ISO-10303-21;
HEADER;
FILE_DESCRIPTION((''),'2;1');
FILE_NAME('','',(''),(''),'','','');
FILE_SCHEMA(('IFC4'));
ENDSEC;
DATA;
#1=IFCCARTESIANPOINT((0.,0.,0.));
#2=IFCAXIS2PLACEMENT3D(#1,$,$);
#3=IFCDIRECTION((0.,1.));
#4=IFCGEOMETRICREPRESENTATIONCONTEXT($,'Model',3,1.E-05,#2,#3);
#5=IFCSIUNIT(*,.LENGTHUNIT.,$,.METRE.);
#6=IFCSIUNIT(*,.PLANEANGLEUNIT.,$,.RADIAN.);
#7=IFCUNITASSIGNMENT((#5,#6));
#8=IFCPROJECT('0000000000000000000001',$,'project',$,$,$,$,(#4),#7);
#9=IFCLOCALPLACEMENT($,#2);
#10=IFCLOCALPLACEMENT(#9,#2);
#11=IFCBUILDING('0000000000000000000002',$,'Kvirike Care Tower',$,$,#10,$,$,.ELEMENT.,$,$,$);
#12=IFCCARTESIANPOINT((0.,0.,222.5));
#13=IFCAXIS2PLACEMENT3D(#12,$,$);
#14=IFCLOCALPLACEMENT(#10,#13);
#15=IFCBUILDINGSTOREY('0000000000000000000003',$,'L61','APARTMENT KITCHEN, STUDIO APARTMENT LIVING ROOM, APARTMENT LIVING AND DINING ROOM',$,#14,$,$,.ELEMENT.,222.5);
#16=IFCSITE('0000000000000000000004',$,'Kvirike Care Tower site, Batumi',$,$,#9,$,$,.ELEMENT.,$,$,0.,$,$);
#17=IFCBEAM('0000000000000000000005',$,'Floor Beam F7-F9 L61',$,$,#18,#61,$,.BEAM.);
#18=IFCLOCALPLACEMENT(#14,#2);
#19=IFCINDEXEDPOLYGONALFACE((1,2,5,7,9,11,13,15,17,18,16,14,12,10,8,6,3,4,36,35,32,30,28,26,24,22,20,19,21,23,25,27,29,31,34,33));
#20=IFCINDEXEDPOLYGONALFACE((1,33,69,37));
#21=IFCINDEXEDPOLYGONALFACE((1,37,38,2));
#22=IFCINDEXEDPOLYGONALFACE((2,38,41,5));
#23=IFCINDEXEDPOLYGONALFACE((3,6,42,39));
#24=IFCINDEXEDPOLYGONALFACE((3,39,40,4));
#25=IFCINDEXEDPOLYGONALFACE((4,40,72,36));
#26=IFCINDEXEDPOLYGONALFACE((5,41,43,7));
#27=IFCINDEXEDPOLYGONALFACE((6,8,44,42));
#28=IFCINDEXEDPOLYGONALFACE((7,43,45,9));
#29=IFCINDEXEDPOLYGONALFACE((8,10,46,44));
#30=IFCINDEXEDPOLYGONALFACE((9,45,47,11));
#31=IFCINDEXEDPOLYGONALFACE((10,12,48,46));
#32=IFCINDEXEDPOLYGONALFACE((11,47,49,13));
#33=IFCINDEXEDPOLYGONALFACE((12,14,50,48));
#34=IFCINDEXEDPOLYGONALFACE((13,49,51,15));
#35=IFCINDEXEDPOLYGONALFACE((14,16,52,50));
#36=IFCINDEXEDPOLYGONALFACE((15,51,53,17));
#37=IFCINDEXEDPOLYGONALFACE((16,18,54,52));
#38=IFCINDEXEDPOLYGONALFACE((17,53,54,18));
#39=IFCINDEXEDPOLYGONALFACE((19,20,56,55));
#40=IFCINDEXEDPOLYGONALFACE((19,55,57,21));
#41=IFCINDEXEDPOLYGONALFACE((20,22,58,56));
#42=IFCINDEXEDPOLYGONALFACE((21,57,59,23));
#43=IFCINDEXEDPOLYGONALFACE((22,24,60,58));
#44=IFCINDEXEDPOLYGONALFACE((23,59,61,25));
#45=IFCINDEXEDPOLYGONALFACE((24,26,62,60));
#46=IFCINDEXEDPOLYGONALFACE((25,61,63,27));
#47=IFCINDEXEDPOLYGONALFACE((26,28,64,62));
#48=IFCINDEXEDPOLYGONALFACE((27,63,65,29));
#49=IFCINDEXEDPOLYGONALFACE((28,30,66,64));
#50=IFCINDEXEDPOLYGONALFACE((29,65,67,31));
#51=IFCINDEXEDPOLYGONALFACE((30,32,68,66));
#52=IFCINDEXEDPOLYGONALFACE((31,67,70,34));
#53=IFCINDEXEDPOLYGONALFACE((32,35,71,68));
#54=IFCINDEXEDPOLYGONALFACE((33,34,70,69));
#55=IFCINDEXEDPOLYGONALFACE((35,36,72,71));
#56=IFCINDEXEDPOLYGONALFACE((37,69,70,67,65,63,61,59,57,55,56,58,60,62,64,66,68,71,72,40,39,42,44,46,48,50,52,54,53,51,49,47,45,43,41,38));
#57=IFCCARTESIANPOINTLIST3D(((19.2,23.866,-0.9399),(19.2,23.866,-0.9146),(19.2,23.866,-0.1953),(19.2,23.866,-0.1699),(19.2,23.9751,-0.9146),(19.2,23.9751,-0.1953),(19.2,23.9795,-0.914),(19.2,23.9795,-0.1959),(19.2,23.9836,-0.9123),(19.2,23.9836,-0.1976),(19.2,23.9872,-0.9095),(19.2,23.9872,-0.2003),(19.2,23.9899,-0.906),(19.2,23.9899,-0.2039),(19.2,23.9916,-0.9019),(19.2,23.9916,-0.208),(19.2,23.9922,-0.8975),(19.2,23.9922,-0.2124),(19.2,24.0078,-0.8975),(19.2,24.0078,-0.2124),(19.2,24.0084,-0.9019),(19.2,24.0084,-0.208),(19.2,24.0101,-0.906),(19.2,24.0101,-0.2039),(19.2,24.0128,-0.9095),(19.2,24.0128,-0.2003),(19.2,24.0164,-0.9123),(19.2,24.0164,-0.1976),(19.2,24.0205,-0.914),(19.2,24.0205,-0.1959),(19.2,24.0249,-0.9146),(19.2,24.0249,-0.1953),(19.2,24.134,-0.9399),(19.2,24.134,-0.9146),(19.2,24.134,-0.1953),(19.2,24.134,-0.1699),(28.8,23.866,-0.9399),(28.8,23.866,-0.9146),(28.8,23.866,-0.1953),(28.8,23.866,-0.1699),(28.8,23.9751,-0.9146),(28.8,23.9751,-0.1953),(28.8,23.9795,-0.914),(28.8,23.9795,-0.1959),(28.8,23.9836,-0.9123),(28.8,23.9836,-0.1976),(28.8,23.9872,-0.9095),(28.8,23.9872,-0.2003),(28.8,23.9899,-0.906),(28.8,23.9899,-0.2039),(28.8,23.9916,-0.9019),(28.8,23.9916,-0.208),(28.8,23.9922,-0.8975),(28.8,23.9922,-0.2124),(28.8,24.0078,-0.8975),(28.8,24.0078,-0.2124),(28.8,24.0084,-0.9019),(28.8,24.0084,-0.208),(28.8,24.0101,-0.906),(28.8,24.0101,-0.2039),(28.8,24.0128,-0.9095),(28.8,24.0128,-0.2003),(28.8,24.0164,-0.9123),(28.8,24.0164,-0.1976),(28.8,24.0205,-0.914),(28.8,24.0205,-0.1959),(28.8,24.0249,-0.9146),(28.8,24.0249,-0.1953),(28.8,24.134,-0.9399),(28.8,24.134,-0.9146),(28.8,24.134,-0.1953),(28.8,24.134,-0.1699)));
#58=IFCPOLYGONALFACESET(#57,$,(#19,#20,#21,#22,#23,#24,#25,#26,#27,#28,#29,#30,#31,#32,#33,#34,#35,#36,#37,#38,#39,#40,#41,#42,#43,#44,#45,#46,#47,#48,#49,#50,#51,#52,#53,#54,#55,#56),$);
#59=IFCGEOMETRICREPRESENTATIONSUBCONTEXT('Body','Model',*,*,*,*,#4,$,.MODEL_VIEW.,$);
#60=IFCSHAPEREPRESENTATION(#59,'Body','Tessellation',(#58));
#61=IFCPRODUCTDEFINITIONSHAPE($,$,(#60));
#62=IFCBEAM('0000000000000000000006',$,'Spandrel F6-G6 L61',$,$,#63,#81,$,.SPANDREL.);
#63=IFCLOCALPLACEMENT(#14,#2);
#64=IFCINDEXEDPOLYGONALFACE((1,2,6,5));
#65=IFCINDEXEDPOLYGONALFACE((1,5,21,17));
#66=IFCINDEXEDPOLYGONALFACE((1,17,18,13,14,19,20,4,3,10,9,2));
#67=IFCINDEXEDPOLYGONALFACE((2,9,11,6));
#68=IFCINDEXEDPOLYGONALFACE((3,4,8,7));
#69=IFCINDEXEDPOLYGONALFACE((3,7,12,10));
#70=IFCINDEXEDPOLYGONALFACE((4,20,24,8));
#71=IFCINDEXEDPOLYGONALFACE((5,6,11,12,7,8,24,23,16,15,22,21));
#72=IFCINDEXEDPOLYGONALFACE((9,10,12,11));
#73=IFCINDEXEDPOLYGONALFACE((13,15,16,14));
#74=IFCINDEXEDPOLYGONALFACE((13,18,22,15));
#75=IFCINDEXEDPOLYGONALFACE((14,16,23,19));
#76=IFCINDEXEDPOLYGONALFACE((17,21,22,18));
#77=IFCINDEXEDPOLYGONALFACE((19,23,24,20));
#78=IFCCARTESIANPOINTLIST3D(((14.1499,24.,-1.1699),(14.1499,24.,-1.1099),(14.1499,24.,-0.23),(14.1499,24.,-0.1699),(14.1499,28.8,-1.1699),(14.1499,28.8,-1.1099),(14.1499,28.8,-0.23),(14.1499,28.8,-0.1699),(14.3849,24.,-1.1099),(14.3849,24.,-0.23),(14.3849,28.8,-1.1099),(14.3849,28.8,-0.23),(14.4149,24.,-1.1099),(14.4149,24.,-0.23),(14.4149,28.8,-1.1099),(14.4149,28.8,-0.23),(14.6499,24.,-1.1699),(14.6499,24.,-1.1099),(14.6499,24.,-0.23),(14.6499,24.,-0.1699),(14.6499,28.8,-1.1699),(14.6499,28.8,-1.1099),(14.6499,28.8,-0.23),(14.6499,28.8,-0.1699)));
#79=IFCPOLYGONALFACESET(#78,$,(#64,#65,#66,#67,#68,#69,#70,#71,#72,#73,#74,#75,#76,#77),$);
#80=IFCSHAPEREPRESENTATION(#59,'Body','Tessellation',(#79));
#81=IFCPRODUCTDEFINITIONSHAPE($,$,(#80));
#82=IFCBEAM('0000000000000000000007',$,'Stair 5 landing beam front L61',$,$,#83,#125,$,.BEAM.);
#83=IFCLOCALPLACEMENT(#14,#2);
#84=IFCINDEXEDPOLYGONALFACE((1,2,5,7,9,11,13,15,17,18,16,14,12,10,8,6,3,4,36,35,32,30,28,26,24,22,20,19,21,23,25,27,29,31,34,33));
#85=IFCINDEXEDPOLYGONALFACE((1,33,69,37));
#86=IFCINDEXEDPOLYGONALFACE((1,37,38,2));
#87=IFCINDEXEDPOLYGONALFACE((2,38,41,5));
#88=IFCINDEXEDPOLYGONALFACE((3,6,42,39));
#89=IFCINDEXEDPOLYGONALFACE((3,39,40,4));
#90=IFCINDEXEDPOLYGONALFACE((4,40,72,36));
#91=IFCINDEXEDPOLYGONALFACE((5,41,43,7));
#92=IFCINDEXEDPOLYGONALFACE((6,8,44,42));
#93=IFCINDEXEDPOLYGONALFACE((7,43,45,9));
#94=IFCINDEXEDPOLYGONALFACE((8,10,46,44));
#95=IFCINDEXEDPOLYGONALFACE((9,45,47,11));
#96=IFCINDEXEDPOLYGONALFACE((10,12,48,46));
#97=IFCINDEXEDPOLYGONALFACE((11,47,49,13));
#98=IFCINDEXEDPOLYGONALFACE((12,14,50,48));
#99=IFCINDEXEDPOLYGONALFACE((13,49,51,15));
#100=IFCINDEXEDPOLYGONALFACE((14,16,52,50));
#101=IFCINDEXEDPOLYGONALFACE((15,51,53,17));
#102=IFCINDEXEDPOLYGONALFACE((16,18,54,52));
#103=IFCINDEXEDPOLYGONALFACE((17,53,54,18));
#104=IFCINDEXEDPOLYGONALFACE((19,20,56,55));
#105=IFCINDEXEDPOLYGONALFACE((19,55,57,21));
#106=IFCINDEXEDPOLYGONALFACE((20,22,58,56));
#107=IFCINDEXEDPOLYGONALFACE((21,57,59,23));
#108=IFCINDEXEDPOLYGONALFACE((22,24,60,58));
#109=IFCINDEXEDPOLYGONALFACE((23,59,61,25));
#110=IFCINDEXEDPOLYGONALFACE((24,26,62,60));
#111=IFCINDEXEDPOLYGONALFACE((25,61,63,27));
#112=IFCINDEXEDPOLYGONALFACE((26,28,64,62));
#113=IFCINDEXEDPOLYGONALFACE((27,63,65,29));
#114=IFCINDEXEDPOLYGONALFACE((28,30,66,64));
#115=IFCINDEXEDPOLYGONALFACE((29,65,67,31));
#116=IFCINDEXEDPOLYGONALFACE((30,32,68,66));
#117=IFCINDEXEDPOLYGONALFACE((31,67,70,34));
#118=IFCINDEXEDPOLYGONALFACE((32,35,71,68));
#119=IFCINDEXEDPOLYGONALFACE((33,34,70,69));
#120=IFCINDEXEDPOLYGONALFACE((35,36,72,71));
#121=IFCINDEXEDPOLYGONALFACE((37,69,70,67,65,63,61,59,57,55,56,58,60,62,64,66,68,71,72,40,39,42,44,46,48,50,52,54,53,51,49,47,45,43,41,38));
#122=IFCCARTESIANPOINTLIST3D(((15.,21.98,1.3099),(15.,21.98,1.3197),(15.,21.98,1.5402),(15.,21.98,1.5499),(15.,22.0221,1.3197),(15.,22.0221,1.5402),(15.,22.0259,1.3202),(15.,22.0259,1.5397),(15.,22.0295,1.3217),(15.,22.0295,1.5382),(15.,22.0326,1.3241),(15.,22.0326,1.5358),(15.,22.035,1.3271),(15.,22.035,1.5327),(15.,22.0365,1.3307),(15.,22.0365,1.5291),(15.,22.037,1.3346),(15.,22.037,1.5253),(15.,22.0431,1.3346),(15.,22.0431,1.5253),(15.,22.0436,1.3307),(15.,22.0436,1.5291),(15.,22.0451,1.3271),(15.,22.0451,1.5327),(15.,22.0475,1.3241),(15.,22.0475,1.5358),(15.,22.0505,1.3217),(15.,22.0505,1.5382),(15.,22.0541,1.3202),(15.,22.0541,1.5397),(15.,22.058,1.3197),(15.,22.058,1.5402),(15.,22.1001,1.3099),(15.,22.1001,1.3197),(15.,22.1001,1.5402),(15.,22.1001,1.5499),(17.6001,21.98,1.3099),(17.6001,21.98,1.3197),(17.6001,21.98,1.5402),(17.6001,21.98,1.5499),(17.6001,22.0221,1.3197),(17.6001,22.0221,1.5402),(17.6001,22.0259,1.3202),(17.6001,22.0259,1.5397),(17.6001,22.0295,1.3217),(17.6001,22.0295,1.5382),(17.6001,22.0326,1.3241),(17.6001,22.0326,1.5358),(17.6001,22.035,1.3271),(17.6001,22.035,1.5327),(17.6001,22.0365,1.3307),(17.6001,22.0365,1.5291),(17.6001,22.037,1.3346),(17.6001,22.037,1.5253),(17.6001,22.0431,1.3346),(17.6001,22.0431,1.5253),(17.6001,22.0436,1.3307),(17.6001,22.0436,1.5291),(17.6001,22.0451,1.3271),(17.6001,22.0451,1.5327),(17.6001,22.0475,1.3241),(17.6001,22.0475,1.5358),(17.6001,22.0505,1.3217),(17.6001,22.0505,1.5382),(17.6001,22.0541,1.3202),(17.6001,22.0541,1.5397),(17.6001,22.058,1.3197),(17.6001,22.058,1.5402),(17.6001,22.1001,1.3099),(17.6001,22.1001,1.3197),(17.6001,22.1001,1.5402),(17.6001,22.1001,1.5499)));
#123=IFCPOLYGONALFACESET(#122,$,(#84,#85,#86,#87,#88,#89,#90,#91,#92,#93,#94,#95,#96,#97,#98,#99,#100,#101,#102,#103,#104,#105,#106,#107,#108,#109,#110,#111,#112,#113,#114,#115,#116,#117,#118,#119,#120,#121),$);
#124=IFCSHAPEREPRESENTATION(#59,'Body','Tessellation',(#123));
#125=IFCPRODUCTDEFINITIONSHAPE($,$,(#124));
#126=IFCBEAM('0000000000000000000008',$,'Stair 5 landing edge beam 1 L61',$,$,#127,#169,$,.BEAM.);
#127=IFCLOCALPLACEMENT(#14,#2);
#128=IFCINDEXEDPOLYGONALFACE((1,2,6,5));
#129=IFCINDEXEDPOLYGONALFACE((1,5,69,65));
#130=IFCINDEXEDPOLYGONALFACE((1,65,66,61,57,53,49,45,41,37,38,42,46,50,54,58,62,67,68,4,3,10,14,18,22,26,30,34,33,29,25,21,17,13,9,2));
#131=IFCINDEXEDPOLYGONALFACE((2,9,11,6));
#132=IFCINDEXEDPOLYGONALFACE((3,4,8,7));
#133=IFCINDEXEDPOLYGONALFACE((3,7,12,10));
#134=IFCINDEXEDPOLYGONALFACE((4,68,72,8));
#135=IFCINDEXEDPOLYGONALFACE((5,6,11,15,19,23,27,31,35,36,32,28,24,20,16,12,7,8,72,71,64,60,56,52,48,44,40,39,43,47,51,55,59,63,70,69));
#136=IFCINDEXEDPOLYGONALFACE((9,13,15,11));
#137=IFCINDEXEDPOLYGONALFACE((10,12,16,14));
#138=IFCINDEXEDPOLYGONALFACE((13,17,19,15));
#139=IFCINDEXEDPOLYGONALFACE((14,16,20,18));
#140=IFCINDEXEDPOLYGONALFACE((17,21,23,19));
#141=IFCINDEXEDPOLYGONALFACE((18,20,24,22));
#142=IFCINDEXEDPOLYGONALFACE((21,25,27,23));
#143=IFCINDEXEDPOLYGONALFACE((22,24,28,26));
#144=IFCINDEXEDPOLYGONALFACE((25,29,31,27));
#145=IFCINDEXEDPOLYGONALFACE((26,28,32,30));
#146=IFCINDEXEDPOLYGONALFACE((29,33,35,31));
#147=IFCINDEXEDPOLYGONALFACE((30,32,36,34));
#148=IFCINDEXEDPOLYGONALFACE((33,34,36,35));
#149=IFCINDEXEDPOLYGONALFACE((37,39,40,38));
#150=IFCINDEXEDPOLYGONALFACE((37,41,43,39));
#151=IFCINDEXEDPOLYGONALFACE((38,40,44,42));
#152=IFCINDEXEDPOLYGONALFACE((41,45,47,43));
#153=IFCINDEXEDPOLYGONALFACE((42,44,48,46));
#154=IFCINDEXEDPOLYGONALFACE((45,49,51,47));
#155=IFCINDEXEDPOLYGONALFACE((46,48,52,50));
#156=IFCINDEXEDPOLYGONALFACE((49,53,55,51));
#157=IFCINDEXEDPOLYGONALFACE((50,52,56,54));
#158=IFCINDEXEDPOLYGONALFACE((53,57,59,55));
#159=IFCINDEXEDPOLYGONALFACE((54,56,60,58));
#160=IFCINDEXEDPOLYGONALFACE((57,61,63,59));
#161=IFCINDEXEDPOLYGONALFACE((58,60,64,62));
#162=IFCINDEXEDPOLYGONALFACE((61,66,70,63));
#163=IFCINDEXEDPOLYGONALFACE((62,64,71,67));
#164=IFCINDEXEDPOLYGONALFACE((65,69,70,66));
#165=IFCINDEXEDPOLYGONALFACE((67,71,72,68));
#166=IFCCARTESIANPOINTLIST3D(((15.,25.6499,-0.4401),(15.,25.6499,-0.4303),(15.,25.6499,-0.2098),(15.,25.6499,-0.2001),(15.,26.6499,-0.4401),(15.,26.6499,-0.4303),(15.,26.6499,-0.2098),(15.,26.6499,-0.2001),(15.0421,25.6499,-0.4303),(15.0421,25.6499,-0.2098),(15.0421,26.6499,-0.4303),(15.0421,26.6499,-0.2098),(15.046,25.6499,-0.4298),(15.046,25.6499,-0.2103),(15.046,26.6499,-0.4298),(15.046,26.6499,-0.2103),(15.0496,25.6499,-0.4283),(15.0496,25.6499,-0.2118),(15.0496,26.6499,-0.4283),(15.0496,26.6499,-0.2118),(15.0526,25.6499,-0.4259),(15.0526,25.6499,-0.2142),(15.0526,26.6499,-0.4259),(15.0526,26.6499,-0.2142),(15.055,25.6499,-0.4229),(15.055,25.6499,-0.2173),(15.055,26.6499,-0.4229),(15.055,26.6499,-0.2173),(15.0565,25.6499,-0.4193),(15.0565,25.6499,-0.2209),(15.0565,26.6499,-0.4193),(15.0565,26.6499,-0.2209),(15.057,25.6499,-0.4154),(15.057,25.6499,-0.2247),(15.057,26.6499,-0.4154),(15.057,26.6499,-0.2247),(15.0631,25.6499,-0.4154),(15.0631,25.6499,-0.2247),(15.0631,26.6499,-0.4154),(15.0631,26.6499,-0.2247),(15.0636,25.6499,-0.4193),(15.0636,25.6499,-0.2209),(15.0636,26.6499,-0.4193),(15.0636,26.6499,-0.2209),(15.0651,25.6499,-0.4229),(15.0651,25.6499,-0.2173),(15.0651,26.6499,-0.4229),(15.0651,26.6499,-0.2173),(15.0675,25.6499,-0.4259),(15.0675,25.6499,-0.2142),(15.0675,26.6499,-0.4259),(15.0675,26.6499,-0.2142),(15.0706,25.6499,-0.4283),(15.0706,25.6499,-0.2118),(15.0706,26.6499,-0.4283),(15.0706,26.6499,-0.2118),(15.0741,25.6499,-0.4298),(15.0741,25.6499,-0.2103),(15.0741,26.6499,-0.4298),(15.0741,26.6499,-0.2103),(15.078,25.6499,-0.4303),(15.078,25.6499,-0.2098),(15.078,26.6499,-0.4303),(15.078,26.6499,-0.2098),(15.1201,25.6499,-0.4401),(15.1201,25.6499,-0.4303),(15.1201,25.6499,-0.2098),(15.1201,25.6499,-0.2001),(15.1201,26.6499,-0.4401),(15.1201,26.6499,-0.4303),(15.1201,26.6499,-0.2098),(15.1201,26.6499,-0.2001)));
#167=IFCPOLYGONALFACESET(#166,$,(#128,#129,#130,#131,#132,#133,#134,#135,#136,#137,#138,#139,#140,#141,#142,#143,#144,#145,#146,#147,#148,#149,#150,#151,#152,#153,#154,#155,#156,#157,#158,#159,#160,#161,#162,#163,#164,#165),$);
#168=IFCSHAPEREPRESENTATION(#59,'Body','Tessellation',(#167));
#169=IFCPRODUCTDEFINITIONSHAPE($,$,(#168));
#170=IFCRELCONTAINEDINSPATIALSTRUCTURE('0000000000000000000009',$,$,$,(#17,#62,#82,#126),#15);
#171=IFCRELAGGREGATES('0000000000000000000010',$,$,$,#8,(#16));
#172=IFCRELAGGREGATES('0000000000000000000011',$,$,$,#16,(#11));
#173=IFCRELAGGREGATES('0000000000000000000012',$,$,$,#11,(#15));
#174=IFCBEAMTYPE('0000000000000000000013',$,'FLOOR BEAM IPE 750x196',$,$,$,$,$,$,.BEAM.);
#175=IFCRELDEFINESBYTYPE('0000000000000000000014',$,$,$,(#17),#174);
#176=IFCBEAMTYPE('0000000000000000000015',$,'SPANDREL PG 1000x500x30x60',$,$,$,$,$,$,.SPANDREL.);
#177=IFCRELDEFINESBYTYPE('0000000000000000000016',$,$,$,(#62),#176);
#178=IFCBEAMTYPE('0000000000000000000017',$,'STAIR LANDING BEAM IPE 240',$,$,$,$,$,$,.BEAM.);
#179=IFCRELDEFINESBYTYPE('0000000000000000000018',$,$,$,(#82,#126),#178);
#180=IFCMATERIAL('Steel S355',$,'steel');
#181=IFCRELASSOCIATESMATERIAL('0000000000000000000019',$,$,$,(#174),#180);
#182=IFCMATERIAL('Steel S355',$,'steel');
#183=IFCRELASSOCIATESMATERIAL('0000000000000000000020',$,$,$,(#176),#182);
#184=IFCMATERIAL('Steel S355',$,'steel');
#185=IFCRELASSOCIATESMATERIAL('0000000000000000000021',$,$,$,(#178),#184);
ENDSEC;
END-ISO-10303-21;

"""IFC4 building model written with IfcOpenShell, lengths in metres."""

from ifc_helpers import new_model, si_unit, direction, frame, origin, origin_2d, place, context, subcontext, project, spatial, i_section, extrude, material, material_profile, profile_set, type_object, element, save


model = new_model("IFC4")

# Units and contexts
model_context = context("Model", 3, precision=1e-05, world=origin(), true_north=direction((0.0, 1.0)))
body_context = subcontext(model_context, "Body", "Model", "MODEL_VIEW")
ifc_project = project(units=[si_unit("LENGTHUNIT", "METRE"), si_unit("PLANEANGLEUNIT", "RADIAN")], contexts=[model_context])

# Site, building, storey
site_placement = place(None, origin())
site = spatial("IfcSite", under=ifc_project, at=site_placement, Name="Kvirike Care Tower site, Batumi", CompositionType="ELEMENT", RefElevation=0.0)
building_placement = place(site_placement, origin())
building = spatial("IfcBuilding", under=site, at=building_placement, Name="Kvirike Care Tower", CompositionType="ELEMENT")
storey_placement = place(building_placement, frame((0.0, 0.0, 222.5)))
storey = spatial("IfcBuildingStorey", under=building, at=storey_placement, Name="L61", Description="APARTMENT KITCHEN, STUDIO APARTMENT LIVING ROOM, APARTMENT LIVING AND DINING ROOM", CompositionType="ELEMENT", Elevation=222.5)

# Beams
ifc_material_1 = material(Name="Steel S355", Category="steel")
ifc_material_profile_1 = material_profile(ifc_material_1, i_section(OverallWidth=0.2681, OverallDepth=0.77, WebThickness=0.0156, FlangeThickness=0.0254, FilletRadius=0.0171, at=origin_2d()), Name="IPE 750x196")
ifc_profile_set_1 = profile_set([ifc_material_profile_1], Name="Steel S355")
beam_type_1 = type_object("IfcBeamType", Name="FLOOR BEAM IPE 750x196", PredefinedType="BEAM", material=ifc_profile_set_1)
beam_1_placement = place(storey_placement, frame((19.2, 24.0, -0.5549), z_axis=(1.0, 0.0, 0.0), x_axis=(0.0, 1.0, 0.0)))
element("IfcBeam", 1, at=beam_1_placement, inside=storey, type_object=beam_type_1, Name="Floor Beam F7-F9 L61", PredefinedType="BEAM", context=body_context, shape_type="SweptSolid", body=[
    extrude(i_section(OverallWidth=0.2681, OverallDepth=0.77, WebThickness=0.0156, FlangeThickness=0.0254, FilletRadius=0.0171, at=origin_2d()), origin(), (0.0, 0.0, 1.0), 9.6001),
])
ifc_material_2 = material(Name="Steel S355", Category="steel")
ifc_material_profile_2 = material_profile(ifc_material_2, i_section(OverallWidth=0.5, OverallDepth=1.0, WebThickness=0.03, FlangeThickness=0.0601, at=origin_2d()), Name="PG 1000x500x30x60")
ifc_profile_set_2 = profile_set([ifc_material_profile_2], Name="Steel S355")
beam_type_2 = type_object("IfcBeamType", Name="SPANDREL PG 1000x500x30x60", PredefinedType="SPANDREL", material=ifc_profile_set_2)
beam_2_placement = place(storey_placement, frame((14.3999, 24.0, -0.6699), z_axis=(0.0, 1.0, 0.0), x_axis=(-1.0, 0.0, 0.0)))
element("IfcBeam", 2, at=beam_2_placement, inside=storey, type_object=beam_type_2, Name="Spandrel F6-G6 L61", PredefinedType="SPANDREL", context=body_context, shape_type="SweptSolid", body=[
    extrude(i_section(OverallWidth=0.5, OverallDepth=1.0, WebThickness=0.03, FlangeThickness=0.0601, at=origin_2d()), origin(), (0.0, 0.0, 1.0), 4.8),
])
ifc_material_3 = material(Name="Steel S355", Category="steel")
ifc_material_profile_3 = material_profile(ifc_material_3, i_section(OverallWidth=0.1201, OverallDepth=0.24, WebThickness=0.0061, FlangeThickness=0.0098, FilletRadius=0.0149, at=origin_2d()), Name="IPE 240")
ifc_profile_set_3 = profile_set([ifc_material_profile_3], Name="Steel S355")
beam_type_3 = type_object("IfcBeamType", Name="STAIR LANDING BEAM IPE 240", PredefinedType="BEAM", material=ifc_profile_set_3)
beam_3_placement = place(storey_placement, frame((15.0, 22.04, 1.4299), z_axis=(1.0, 0.0, 0.0), x_axis=(0.0, 1.0, 0.0)))
element("IfcBeam", 3, at=beam_3_placement, inside=storey, type_object=beam_type_3, Name="Stair 5 landing beam front L61", PredefinedType="BEAM", context=body_context, shape_type="SweptSolid", body=[
    extrude(i_section(OverallWidth=0.1201, OverallDepth=0.24, WebThickness=0.0061, FlangeThickness=0.0098, FilletRadius=0.0149, at=origin_2d()), origin(), (0.0, 0.0, 1.0), 2.6001),
])
for number, where, z_axis, x_axis, name in (
    (4, (15.0601, 25.6499, -0.3201), (0.0, 1.0, 0.0), (-1.0, 0.0, 0.0), "Stair 5 landing edge beam 1 L61"),
):
    element("IfcBeam", number, at=place(storey_placement, frame(where, z_axis=z_axis, x_axis=x_axis)), inside=storey, type_object=beam_type_3, Name=name, PredefinedType="BEAM", context=body_context, shape_type="SweptSolid", body=[
        extrude(i_section(OverallWidth=0.1201, OverallDepth=0.24, WebThickness=0.0061, FlangeThickness=0.0098, FilletRadius=0.0149, at=origin_2d()), origin(), (0.0, 0.0, 1.0), 1.0),
    ])

save(model, "model.ifc")
